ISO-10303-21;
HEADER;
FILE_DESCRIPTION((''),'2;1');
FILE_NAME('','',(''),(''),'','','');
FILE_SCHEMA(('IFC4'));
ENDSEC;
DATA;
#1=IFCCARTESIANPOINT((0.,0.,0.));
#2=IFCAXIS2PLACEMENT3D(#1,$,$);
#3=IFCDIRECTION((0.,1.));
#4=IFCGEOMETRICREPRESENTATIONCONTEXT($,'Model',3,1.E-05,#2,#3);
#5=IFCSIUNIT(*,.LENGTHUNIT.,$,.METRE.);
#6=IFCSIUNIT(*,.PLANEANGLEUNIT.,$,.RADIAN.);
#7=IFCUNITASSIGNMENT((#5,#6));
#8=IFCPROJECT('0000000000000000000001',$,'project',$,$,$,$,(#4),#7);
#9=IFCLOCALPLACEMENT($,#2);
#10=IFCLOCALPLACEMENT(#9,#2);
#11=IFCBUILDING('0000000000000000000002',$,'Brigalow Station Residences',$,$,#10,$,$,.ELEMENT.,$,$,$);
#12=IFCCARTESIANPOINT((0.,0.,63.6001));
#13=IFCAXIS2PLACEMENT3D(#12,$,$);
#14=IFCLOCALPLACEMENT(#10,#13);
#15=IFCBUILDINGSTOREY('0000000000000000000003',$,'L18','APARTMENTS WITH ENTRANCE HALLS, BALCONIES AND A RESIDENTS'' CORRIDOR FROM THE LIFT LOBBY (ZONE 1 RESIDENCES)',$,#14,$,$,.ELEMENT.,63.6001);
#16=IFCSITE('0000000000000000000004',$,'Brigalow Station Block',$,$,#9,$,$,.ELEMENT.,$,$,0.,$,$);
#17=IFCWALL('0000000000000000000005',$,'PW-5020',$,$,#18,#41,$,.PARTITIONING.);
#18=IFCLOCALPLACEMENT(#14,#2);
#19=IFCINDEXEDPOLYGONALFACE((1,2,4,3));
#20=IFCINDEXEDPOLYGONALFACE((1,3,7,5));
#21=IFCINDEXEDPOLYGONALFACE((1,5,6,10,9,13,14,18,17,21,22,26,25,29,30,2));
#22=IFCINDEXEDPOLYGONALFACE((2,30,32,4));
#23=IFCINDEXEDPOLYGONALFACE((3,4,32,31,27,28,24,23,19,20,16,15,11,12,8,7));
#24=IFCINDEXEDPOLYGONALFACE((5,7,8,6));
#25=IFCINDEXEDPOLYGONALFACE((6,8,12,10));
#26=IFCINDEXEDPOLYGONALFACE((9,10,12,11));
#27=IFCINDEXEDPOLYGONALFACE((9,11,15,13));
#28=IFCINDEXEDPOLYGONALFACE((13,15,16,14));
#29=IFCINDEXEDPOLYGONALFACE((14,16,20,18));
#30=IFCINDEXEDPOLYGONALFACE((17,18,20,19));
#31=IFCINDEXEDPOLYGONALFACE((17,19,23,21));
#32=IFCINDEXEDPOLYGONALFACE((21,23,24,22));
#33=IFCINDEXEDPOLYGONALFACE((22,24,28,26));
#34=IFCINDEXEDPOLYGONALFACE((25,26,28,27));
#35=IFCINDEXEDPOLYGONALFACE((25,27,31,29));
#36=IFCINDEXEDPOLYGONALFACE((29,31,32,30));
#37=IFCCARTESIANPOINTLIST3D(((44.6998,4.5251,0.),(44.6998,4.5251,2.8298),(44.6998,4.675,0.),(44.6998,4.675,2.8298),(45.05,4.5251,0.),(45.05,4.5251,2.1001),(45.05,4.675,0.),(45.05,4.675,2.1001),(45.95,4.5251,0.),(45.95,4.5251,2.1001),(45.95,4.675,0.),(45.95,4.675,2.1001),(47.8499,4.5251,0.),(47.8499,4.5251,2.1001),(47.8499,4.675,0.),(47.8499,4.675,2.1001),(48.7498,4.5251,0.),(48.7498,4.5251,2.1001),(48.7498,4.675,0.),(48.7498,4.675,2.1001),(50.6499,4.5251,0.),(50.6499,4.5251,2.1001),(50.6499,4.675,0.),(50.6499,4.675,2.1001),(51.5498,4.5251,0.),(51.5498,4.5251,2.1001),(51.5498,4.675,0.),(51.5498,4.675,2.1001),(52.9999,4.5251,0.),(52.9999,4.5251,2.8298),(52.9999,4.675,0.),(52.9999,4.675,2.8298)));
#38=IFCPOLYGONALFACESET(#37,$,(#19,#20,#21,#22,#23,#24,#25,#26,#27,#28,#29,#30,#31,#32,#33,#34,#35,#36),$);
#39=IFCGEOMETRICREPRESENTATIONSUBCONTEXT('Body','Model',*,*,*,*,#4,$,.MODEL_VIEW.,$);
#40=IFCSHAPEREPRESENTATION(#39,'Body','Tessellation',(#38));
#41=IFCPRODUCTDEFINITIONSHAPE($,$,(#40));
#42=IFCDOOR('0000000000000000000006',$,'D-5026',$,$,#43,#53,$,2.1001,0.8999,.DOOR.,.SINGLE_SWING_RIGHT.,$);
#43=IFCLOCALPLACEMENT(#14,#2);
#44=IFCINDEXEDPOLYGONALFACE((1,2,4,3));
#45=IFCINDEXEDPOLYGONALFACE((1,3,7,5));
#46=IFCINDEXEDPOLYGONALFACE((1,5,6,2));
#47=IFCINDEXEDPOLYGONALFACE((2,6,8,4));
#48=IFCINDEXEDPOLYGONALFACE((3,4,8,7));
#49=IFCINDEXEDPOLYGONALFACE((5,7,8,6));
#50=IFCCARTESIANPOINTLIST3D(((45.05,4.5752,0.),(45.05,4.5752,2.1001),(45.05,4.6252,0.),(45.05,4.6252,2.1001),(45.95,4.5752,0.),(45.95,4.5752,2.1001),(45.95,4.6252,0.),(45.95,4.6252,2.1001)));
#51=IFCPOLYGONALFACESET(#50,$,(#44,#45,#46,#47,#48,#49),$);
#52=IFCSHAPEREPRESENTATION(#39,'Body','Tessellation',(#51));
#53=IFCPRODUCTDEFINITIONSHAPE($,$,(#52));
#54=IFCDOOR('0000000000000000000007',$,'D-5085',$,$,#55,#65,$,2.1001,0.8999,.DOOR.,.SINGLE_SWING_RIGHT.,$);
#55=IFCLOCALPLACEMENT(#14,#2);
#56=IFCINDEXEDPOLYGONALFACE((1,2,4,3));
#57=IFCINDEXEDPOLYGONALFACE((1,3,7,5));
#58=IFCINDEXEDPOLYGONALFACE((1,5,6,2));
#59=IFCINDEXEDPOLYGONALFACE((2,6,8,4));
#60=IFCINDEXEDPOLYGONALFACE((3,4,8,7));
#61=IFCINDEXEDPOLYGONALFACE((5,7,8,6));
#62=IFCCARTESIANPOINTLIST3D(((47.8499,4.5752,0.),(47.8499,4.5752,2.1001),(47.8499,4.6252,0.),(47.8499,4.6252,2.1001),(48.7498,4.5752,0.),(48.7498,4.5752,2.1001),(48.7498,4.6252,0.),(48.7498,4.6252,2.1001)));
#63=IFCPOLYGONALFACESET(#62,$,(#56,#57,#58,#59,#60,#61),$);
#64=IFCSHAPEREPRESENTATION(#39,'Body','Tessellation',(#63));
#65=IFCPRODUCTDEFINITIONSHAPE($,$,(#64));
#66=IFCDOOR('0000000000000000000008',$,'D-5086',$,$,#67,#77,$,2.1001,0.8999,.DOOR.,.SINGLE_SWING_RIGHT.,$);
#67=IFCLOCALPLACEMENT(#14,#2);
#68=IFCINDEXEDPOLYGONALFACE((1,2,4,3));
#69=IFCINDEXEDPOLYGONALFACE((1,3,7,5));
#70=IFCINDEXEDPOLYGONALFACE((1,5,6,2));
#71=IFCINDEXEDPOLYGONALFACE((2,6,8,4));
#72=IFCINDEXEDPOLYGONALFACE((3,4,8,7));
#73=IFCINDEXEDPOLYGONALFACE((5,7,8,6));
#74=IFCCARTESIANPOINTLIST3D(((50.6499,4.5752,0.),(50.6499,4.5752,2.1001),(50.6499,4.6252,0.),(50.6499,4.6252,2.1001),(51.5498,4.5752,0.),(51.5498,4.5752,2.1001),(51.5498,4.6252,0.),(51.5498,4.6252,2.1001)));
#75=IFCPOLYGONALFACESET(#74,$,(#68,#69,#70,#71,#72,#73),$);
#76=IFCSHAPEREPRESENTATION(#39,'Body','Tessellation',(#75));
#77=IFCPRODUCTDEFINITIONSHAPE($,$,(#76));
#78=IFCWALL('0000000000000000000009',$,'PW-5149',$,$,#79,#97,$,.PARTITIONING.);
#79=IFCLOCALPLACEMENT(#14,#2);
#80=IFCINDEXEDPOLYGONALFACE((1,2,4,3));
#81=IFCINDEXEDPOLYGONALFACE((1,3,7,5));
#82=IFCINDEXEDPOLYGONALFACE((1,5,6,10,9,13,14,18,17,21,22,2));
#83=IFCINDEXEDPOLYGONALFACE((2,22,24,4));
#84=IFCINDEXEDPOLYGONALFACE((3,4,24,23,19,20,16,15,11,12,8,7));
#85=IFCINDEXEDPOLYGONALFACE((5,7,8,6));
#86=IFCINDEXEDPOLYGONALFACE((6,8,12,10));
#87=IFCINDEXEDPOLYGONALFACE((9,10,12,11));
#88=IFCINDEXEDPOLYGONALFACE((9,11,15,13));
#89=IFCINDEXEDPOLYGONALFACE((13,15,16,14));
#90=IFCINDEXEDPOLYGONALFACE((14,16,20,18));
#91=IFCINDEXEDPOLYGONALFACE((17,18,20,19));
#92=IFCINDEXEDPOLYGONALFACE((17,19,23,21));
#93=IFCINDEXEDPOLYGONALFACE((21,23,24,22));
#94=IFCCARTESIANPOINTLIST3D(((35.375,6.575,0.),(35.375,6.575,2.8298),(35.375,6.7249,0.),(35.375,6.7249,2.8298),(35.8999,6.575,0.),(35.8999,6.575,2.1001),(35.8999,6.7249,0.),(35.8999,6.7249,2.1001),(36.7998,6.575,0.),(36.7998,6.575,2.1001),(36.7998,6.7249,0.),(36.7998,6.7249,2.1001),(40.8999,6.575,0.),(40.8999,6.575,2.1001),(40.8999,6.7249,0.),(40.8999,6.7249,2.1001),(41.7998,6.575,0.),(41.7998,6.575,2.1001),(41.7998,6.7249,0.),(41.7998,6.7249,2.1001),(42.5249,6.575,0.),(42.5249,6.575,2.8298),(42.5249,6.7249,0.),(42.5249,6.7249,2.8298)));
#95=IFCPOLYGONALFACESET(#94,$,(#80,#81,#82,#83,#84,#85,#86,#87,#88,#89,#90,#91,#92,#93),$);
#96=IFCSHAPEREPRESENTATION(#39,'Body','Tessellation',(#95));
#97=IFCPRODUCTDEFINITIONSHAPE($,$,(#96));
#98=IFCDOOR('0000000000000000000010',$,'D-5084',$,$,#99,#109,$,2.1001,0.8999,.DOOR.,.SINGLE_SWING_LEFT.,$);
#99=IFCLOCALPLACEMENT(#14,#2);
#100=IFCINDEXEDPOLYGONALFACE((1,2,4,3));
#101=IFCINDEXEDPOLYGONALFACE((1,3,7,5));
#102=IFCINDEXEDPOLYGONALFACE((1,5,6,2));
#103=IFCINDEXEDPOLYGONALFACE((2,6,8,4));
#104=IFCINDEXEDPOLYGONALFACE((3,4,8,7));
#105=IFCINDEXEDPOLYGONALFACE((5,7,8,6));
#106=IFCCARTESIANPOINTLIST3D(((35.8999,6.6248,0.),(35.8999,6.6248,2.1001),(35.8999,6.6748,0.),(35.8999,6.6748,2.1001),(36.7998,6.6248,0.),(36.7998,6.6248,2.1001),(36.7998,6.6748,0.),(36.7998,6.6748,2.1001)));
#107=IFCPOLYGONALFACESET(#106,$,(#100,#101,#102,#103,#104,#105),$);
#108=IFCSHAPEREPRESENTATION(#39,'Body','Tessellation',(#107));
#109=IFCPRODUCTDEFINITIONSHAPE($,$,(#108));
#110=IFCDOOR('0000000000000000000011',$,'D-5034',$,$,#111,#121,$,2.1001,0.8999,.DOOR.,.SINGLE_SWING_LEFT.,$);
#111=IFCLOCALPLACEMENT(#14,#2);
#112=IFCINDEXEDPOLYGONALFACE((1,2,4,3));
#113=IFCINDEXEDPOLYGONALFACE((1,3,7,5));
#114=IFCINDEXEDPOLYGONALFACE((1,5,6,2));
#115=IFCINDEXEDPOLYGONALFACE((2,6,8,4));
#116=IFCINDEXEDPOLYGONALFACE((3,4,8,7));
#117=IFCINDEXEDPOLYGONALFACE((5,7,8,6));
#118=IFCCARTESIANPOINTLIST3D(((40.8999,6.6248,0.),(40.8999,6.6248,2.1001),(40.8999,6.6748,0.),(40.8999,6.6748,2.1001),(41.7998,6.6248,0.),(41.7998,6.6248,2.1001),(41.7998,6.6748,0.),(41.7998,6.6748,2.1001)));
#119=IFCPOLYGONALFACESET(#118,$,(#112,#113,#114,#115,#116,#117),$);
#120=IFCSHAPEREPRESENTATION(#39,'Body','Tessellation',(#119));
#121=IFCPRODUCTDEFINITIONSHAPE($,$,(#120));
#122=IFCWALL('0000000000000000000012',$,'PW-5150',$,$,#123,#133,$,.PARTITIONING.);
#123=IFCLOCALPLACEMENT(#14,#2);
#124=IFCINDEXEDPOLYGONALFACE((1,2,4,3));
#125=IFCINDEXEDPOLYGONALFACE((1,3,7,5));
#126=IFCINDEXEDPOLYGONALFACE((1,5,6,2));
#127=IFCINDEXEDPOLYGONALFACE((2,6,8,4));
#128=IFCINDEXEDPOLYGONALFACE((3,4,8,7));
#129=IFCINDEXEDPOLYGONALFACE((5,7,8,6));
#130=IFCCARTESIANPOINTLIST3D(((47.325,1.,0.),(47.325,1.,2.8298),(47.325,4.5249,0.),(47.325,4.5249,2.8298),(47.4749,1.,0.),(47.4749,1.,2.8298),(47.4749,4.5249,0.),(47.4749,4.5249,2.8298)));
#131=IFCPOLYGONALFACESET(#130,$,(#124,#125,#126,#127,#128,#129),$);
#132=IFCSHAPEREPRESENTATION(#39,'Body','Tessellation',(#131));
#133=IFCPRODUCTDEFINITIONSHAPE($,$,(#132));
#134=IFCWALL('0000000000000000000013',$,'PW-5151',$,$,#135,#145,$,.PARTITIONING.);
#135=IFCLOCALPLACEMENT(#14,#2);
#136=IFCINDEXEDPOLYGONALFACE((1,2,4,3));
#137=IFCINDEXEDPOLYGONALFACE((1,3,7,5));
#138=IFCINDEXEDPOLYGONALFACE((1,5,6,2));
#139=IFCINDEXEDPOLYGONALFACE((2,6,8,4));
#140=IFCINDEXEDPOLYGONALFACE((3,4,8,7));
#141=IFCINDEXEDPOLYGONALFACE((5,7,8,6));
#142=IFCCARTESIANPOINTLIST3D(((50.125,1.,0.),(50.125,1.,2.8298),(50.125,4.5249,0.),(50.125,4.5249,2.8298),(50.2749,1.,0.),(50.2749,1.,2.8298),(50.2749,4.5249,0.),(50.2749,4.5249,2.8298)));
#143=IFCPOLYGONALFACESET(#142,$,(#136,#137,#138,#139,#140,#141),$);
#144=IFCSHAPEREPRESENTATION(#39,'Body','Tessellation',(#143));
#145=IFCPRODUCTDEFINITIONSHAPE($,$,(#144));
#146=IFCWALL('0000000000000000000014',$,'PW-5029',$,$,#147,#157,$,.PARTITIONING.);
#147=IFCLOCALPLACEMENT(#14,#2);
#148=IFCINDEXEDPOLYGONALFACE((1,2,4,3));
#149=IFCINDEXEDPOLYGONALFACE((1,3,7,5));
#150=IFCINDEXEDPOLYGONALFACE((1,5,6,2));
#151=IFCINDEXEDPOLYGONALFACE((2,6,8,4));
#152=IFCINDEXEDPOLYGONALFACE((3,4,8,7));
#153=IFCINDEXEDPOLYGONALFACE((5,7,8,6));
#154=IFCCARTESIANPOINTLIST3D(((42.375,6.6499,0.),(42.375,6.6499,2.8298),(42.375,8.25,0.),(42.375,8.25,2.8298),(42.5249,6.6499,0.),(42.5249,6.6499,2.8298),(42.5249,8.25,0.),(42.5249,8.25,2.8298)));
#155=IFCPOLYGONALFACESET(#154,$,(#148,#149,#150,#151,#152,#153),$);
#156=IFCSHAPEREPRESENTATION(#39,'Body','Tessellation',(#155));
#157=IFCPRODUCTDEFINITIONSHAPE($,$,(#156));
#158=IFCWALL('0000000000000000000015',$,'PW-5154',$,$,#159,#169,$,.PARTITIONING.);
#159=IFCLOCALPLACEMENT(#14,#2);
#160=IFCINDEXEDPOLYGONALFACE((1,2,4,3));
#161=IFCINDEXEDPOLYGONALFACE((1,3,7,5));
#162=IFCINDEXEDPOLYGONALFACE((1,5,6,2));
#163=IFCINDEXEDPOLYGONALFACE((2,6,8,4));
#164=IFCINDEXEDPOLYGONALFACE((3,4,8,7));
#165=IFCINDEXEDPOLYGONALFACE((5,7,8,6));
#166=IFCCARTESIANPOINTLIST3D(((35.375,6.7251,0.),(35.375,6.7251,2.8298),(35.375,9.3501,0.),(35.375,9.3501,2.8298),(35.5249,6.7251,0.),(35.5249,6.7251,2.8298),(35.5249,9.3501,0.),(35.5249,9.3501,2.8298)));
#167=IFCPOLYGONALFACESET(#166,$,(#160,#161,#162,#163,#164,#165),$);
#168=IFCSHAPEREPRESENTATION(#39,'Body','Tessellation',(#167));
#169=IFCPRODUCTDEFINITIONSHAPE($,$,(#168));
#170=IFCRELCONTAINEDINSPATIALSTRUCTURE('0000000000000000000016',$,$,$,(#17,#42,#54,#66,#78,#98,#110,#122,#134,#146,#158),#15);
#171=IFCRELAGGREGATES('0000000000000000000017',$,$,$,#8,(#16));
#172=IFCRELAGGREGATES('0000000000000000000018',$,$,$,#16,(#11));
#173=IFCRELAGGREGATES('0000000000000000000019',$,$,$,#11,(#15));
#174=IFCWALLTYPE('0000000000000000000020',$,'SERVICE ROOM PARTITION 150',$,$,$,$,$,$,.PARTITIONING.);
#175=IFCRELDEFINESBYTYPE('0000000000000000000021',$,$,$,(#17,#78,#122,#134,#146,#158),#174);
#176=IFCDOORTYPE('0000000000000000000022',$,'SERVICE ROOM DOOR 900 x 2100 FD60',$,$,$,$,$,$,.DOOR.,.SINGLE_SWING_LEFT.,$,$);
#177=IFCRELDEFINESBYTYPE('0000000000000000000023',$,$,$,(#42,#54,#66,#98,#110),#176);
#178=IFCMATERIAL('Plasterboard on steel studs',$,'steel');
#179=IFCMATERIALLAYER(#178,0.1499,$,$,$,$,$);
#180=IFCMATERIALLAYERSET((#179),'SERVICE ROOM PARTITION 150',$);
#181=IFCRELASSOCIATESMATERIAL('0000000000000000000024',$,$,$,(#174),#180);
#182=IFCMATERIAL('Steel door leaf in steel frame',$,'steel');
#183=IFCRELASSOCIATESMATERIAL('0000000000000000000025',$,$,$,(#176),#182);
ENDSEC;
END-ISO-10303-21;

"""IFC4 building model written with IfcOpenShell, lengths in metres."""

from ifc_helpers import new_model, si_unit, direction, frame, frame_2d, origin, place, context, subcontext, project, spatial, rectangle, extrude, material, layer, layer_set, type_object, element, fill, save


model = new_model("IFC4")

# Units and contexts
model_context = context("Model", 3, precision=1e-05, world=origin(), true_north=direction((0.0, 1.0)))
body_context = subcontext(model_context, "Body", "Model", "MODEL_VIEW")
ifc_project = project(units=[si_unit("LENGTHUNIT", "METRE"), si_unit("PLANEANGLEUNIT", "RADIAN")], contexts=[model_context])

# Site, building, storey
site_placement = place(None, origin())
site = spatial("IfcSite", under=ifc_project, at=site_placement, Name="Brigalow Station Block", CompositionType="ELEMENT", RefElevation=0.0)
building_placement = place(site_placement, origin())
building = spatial("IfcBuilding", under=site, at=building_placement, Name="Brigalow Station Residences", CompositionType="ELEMENT")
storey_placement = place(building_placement, frame((0.0, 0.0, 63.6001)))
storey = spatial("IfcBuildingStorey", under=building, at=storey_placement, Name="L18", Description="APARTMENTS WITH ENTRANCE HALLS, BALCONIES AND A RESIDENTS' CORRIDOR FROM THE LIFT LOBBY (ZONE 1 RESIDENCES)", CompositionType="ELEMENT", Elevation=63.6001)

# Walls, openings, doors
ifc_material_1 = material(Name="Plasterboard on steel studs", Category="steel")
ifc_layer_1 = layer(ifc_material_1, 0.1499)
ifc_layer_set_1 = layer_set([ifc_layer_1], Name="SERVICE ROOM PARTITION 150")
wall_type_1 = type_object("IfcWallType", Name="SERVICE ROOM PARTITION 150", PredefinedType="PARTITIONING", material=ifc_layer_set_1)
wall_1_placement = place(storey_placement, frame((44.7, 4.6001, 0.0), z_axis=(0.0, 0.0, 1.0), x_axis=(1.0, 0.0, 0.0)))
wall_1 = element("IfcWall", 1, at=wall_1_placement, inside=storey, type_object=wall_type_1, Name="PW-5020", PredefinedType="PARTITIONING", context=body_context, shape_type="SweptSolid", body=[
    extrude(rectangle(XDim=8.3, YDim=0.1499, at=frame_2d((4.1499, 0.0))), origin(), (0.0, 0.0, 1.0), 2.8298),
])
opening_1_placement = place(wall_1_placement, frame((0.3501, 0.0, 0.0)))
opening_1 = element("IfcOpeningElement", 2, at=opening_1_placement, cuts=wall_1, PredefinedType="OPENING", context=body_context, shape_type="SweptSolid", body=[
    extrude(rectangle(XDim=0.8999, YDim=2.1001, at=frame_2d((0.45, 1.05))), frame((0.0, 0.085, 0.0), z_axis=(0.0, -1.0, 0.0), x_axis=(1.0, 0.0, 0.0)), (0.0, 0.0, 1.0), 0.1699),
])
opening_2_placement = place(wall_1_placement, frame((3.1499, 0.0, 0.0)))
opening_2 = element("IfcOpeningElement", 3, at=opening_2_placement, cuts=wall_1, PredefinedType="OPENING", context=body_context, shape_type="SweptSolid", body=[
    extrude(rectangle(XDim=0.8999, YDim=2.1001, at=frame_2d((0.45, 1.05))), frame((0.0, 0.085, 0.0), z_axis=(0.0, -1.0, 0.0), x_axis=(1.0, 0.0, 0.0)), (0.0, 0.0, 1.0), 0.1699),
])
opening_3_placement = place(wall_1_placement, frame((5.95, 0.0, 0.0)))
opening_3 = element("IfcOpeningElement", 4, at=opening_3_placement, cuts=wall_1, PredefinedType="OPENING", context=body_context, shape_type="SweptSolid", body=[
    extrude(rectangle(XDim=0.8999, YDim=2.1001, at=frame_2d((0.45, 1.05))), frame((0.0, 0.085, 0.0), z_axis=(0.0, -1.0, 0.0), x_axis=(1.0, 0.0, 0.0)), (0.0, 0.0, 1.0), 0.1699),
])
ifc_material_2 = material(Name="Steel door leaf in steel frame", Category="steel")
door_type_1 = type_object("IfcDoorType", Name="SERVICE ROOM DOOR 900 x 2100 FD60", OperationType="SINGLE_SWING_LEFT", PredefinedType="DOOR", material=ifc_material_2)
door_1_placement = place(opening_1_placement, frame((0.8999, 0.0, 0.0), z_axis=(0.0, 0.0, 1.0), x_axis=(-1.0, 0.0, 0.0)))
door_1 = element("IfcDoor", 5, at=door_1_placement, inside=storey, type_object=door_type_1, Name="D-5026", OperationType="SINGLE_SWING_RIGHT", OverallHeight=2.1001, OverallWidth=0.8999, PredefinedType="DOOR", context=body_context, shape_type="SweptSolid", body=[
    extrude(rectangle(XDim=0.8999, YDim=2.1001, at=frame_2d((0.45, 1.05))), frame((0.0, 0.0249, 0.0), z_axis=(0.0, -1.0, 0.0), x_axis=(1.0, 0.0, 0.0)), (0.0, 0.0, 1.0), 0.05),
])
fill(opening_1, door_1)
door_2_placement = place(opening_2_placement, frame((0.8999, 0.0, 0.0), z_axis=(0.0, 0.0, 1.0), x_axis=(-1.0, 0.0, 0.0)))
door_2 = element("IfcDoor", 6, at=door_2_placement, inside=storey, type_object=door_type_1, Name="D-5085", OperationType="SINGLE_SWING_RIGHT", OverallHeight=2.1001, OverallWidth=0.8999, PredefinedType="DOOR", context=body_context, shape_type="SweptSolid", body=[
    extrude(rectangle(XDim=0.8999, YDim=2.1001, at=frame_2d((0.45, 1.05))), frame((0.0, 0.0249, 0.0), z_axis=(0.0, -1.0, 0.0), x_axis=(1.0, 0.0, 0.0)), (0.0, 0.0, 1.0), 0.05),
])
fill(opening_2, door_2)
door_3_placement = place(opening_3_placement, frame((0.8999, 0.0, 0.0), z_axis=(0.0, 0.0, 1.0), x_axis=(-1.0, 0.0, 0.0)))
door_3 = element("IfcDoor", 7, at=door_3_placement, inside=storey, type_object=door_type_1, Name="D-5086", OperationType="SINGLE_SWING_RIGHT", OverallHeight=2.1001, OverallWidth=0.8999, PredefinedType="DOOR", context=body_context, shape_type="SweptSolid", body=[
    extrude(rectangle(XDim=0.8999, YDim=2.1001, at=frame_2d((0.45, 1.05))), frame((0.0, 0.0249, 0.0), z_axis=(0.0, -1.0, 0.0), x_axis=(1.0, 0.0, 0.0)), (0.0, 0.0, 1.0), 0.05),
])
fill(opening_3, door_3)
wall_2_placement = place(storey_placement, frame((35.375, 6.6499, 0.0), z_axis=(0.0, 0.0, 1.0), x_axis=(1.0, 0.0, 0.0)))
wall_2 = element("IfcWall", 8, at=wall_2_placement, inside=storey, type_object=wall_type_1, Name="PW-5149", PredefinedType="PARTITIONING", context=body_context, shape_type="SweptSolid", body=[
    extrude(rectangle(XDim=7.1499, YDim=0.1499, at=frame_2d((3.575, 0.0))), origin(), (0.0, 0.0, 1.0), 2.8298),
])
opening_4_placement = place(wall_2_placement, frame((0.5249, 0.0, 0.0)))
opening_4 = element("IfcOpeningElement", 9, at=opening_4_placement, cuts=wall_2, PredefinedType="OPENING", context=body_context, shape_type="SweptSolid", body=[
    extrude(rectangle(XDim=0.8999, YDim=2.1001, at=frame_2d((0.45, 1.05))), frame((0.0, 0.085, 0.0), z_axis=(0.0, -1.0, 0.0), x_axis=(1.0, 0.0, 0.0)), (0.0, 0.0, 1.0), 0.1699),
])
opening_5_placement = place(wall_2_placement, frame((5.5249, 0.0, 0.0)))
opening_5 = element("IfcOpeningElement", 10, at=opening_5_placement, cuts=wall_2, PredefinedType="OPENING", context=body_context, shape_type="SweptSolid", body=[
    extrude(rectangle(XDim=0.8999, YDim=2.1001, at=frame_2d((0.45, 1.05))), frame((0.0, 0.085, 0.0), z_axis=(0.0, -1.0, 0.0), x_axis=(1.0, 0.0, 0.0)), (0.0, 0.0, 1.0), 0.1699),
])
door_4_placement = place(opening_4_placement, origin())
door_4 = element("IfcDoor", 11, at=door_4_placement, inside=storey, type_object=door_type_1, Name="D-5084", OperationType="SINGLE_SWING_LEFT", OverallHeight=2.1001, OverallWidth=0.8999, PredefinedType="DOOR", context=body_context, shape_type="SweptSolid", body=[
    extrude(rectangle(XDim=0.8999, YDim=2.1001, at=frame_2d((0.45, 1.05))), frame((0.0, 0.0249, 0.0), z_axis=(0.0, -1.0, 0.0), x_axis=(1.0, 0.0, 0.0)), (0.0, 0.0, 1.0), 0.05),
])
fill(opening_4, door_4)
door_5_placement = place(opening_5_placement, origin())
door_5 = element("IfcDoor", 12, at=door_5_placement, inside=storey, type_object=door_type_1, Name="D-5034", OperationType="SINGLE_SWING_LEFT", OverallHeight=2.1001, OverallWidth=0.8999, PredefinedType="DOOR", context=body_context, shape_type="SweptSolid", body=[
    extrude(rectangle(XDim=0.8999, YDim=2.1001, at=frame_2d((0.45, 1.05))), frame((0.0, 0.0249, 0.0), z_axis=(0.0, -1.0, 0.0), x_axis=(1.0, 0.0, 0.0)), (0.0, 0.0, 1.0), 0.05),
])
fill(opening_5, door_5)

# Walls
for number, where, z_axis, x_axis, name in (
    (13, (47.3999, 1.0, 0.0), (0.0, 0.0, 1.0), (0.0, 1.0, 0.0), "PW-5150"),
    (14, (50.2, 1.0, 0.0), (0.0, 0.0, 1.0), (0.0, 1.0, 0.0), "PW-5151"),
):
    element("IfcWall", number, at=place(storey_placement, frame(where, z_axis=z_axis, x_axis=x_axis)), inside=storey, type_object=wall_type_1, Name=name, PredefinedType="PARTITIONING", context=body_context, shape_type="SweptSolid", body=[
        extrude(rectangle(XDim=3.5249, YDim=0.1499, at=frame_2d((1.7625, 0.0))), origin(), (0.0, 0.0, 1.0), 2.8298),
    ])
wall_3_placement = place(storey_placement, frame((42.45, 6.6499, 0.0), z_axis=(0.0, 0.0, 1.0), x_axis=(0.0, 1.0, 0.0)))
element("IfcWall", 15, at=wall_3_placement, inside=storey, type_object=wall_type_1, Name="PW-5029", PredefinedType="PARTITIONING", context=body_context, shape_type="SweptSolid", body=[
    extrude(rectangle(XDim=1.6001, YDim=0.1499, at=frame_2d((0.8, 0.0))), origin(), (0.0, 0.0, 1.0), 2.8298),
])
wall_4_placement = place(storey_placement, frame((35.45, 6.7251, 0.0), z_axis=(0.0, 0.0, 1.0), x_axis=(0.0, 1.0, 0.0)))
element("IfcWall", 16, at=wall_4_placement, inside=storey, type_object=wall_type_1, Name="PW-5154", PredefinedType="PARTITIONING", context=body_context, shape_type="SweptSolid", body=[
    extrude(rectangle(XDim=2.625, YDim=0.1499, at=frame_2d((1.3125, 0.0))), origin(), (0.0, 0.0, 1.0), 2.8298),
])

save(model, "model.ifc")
